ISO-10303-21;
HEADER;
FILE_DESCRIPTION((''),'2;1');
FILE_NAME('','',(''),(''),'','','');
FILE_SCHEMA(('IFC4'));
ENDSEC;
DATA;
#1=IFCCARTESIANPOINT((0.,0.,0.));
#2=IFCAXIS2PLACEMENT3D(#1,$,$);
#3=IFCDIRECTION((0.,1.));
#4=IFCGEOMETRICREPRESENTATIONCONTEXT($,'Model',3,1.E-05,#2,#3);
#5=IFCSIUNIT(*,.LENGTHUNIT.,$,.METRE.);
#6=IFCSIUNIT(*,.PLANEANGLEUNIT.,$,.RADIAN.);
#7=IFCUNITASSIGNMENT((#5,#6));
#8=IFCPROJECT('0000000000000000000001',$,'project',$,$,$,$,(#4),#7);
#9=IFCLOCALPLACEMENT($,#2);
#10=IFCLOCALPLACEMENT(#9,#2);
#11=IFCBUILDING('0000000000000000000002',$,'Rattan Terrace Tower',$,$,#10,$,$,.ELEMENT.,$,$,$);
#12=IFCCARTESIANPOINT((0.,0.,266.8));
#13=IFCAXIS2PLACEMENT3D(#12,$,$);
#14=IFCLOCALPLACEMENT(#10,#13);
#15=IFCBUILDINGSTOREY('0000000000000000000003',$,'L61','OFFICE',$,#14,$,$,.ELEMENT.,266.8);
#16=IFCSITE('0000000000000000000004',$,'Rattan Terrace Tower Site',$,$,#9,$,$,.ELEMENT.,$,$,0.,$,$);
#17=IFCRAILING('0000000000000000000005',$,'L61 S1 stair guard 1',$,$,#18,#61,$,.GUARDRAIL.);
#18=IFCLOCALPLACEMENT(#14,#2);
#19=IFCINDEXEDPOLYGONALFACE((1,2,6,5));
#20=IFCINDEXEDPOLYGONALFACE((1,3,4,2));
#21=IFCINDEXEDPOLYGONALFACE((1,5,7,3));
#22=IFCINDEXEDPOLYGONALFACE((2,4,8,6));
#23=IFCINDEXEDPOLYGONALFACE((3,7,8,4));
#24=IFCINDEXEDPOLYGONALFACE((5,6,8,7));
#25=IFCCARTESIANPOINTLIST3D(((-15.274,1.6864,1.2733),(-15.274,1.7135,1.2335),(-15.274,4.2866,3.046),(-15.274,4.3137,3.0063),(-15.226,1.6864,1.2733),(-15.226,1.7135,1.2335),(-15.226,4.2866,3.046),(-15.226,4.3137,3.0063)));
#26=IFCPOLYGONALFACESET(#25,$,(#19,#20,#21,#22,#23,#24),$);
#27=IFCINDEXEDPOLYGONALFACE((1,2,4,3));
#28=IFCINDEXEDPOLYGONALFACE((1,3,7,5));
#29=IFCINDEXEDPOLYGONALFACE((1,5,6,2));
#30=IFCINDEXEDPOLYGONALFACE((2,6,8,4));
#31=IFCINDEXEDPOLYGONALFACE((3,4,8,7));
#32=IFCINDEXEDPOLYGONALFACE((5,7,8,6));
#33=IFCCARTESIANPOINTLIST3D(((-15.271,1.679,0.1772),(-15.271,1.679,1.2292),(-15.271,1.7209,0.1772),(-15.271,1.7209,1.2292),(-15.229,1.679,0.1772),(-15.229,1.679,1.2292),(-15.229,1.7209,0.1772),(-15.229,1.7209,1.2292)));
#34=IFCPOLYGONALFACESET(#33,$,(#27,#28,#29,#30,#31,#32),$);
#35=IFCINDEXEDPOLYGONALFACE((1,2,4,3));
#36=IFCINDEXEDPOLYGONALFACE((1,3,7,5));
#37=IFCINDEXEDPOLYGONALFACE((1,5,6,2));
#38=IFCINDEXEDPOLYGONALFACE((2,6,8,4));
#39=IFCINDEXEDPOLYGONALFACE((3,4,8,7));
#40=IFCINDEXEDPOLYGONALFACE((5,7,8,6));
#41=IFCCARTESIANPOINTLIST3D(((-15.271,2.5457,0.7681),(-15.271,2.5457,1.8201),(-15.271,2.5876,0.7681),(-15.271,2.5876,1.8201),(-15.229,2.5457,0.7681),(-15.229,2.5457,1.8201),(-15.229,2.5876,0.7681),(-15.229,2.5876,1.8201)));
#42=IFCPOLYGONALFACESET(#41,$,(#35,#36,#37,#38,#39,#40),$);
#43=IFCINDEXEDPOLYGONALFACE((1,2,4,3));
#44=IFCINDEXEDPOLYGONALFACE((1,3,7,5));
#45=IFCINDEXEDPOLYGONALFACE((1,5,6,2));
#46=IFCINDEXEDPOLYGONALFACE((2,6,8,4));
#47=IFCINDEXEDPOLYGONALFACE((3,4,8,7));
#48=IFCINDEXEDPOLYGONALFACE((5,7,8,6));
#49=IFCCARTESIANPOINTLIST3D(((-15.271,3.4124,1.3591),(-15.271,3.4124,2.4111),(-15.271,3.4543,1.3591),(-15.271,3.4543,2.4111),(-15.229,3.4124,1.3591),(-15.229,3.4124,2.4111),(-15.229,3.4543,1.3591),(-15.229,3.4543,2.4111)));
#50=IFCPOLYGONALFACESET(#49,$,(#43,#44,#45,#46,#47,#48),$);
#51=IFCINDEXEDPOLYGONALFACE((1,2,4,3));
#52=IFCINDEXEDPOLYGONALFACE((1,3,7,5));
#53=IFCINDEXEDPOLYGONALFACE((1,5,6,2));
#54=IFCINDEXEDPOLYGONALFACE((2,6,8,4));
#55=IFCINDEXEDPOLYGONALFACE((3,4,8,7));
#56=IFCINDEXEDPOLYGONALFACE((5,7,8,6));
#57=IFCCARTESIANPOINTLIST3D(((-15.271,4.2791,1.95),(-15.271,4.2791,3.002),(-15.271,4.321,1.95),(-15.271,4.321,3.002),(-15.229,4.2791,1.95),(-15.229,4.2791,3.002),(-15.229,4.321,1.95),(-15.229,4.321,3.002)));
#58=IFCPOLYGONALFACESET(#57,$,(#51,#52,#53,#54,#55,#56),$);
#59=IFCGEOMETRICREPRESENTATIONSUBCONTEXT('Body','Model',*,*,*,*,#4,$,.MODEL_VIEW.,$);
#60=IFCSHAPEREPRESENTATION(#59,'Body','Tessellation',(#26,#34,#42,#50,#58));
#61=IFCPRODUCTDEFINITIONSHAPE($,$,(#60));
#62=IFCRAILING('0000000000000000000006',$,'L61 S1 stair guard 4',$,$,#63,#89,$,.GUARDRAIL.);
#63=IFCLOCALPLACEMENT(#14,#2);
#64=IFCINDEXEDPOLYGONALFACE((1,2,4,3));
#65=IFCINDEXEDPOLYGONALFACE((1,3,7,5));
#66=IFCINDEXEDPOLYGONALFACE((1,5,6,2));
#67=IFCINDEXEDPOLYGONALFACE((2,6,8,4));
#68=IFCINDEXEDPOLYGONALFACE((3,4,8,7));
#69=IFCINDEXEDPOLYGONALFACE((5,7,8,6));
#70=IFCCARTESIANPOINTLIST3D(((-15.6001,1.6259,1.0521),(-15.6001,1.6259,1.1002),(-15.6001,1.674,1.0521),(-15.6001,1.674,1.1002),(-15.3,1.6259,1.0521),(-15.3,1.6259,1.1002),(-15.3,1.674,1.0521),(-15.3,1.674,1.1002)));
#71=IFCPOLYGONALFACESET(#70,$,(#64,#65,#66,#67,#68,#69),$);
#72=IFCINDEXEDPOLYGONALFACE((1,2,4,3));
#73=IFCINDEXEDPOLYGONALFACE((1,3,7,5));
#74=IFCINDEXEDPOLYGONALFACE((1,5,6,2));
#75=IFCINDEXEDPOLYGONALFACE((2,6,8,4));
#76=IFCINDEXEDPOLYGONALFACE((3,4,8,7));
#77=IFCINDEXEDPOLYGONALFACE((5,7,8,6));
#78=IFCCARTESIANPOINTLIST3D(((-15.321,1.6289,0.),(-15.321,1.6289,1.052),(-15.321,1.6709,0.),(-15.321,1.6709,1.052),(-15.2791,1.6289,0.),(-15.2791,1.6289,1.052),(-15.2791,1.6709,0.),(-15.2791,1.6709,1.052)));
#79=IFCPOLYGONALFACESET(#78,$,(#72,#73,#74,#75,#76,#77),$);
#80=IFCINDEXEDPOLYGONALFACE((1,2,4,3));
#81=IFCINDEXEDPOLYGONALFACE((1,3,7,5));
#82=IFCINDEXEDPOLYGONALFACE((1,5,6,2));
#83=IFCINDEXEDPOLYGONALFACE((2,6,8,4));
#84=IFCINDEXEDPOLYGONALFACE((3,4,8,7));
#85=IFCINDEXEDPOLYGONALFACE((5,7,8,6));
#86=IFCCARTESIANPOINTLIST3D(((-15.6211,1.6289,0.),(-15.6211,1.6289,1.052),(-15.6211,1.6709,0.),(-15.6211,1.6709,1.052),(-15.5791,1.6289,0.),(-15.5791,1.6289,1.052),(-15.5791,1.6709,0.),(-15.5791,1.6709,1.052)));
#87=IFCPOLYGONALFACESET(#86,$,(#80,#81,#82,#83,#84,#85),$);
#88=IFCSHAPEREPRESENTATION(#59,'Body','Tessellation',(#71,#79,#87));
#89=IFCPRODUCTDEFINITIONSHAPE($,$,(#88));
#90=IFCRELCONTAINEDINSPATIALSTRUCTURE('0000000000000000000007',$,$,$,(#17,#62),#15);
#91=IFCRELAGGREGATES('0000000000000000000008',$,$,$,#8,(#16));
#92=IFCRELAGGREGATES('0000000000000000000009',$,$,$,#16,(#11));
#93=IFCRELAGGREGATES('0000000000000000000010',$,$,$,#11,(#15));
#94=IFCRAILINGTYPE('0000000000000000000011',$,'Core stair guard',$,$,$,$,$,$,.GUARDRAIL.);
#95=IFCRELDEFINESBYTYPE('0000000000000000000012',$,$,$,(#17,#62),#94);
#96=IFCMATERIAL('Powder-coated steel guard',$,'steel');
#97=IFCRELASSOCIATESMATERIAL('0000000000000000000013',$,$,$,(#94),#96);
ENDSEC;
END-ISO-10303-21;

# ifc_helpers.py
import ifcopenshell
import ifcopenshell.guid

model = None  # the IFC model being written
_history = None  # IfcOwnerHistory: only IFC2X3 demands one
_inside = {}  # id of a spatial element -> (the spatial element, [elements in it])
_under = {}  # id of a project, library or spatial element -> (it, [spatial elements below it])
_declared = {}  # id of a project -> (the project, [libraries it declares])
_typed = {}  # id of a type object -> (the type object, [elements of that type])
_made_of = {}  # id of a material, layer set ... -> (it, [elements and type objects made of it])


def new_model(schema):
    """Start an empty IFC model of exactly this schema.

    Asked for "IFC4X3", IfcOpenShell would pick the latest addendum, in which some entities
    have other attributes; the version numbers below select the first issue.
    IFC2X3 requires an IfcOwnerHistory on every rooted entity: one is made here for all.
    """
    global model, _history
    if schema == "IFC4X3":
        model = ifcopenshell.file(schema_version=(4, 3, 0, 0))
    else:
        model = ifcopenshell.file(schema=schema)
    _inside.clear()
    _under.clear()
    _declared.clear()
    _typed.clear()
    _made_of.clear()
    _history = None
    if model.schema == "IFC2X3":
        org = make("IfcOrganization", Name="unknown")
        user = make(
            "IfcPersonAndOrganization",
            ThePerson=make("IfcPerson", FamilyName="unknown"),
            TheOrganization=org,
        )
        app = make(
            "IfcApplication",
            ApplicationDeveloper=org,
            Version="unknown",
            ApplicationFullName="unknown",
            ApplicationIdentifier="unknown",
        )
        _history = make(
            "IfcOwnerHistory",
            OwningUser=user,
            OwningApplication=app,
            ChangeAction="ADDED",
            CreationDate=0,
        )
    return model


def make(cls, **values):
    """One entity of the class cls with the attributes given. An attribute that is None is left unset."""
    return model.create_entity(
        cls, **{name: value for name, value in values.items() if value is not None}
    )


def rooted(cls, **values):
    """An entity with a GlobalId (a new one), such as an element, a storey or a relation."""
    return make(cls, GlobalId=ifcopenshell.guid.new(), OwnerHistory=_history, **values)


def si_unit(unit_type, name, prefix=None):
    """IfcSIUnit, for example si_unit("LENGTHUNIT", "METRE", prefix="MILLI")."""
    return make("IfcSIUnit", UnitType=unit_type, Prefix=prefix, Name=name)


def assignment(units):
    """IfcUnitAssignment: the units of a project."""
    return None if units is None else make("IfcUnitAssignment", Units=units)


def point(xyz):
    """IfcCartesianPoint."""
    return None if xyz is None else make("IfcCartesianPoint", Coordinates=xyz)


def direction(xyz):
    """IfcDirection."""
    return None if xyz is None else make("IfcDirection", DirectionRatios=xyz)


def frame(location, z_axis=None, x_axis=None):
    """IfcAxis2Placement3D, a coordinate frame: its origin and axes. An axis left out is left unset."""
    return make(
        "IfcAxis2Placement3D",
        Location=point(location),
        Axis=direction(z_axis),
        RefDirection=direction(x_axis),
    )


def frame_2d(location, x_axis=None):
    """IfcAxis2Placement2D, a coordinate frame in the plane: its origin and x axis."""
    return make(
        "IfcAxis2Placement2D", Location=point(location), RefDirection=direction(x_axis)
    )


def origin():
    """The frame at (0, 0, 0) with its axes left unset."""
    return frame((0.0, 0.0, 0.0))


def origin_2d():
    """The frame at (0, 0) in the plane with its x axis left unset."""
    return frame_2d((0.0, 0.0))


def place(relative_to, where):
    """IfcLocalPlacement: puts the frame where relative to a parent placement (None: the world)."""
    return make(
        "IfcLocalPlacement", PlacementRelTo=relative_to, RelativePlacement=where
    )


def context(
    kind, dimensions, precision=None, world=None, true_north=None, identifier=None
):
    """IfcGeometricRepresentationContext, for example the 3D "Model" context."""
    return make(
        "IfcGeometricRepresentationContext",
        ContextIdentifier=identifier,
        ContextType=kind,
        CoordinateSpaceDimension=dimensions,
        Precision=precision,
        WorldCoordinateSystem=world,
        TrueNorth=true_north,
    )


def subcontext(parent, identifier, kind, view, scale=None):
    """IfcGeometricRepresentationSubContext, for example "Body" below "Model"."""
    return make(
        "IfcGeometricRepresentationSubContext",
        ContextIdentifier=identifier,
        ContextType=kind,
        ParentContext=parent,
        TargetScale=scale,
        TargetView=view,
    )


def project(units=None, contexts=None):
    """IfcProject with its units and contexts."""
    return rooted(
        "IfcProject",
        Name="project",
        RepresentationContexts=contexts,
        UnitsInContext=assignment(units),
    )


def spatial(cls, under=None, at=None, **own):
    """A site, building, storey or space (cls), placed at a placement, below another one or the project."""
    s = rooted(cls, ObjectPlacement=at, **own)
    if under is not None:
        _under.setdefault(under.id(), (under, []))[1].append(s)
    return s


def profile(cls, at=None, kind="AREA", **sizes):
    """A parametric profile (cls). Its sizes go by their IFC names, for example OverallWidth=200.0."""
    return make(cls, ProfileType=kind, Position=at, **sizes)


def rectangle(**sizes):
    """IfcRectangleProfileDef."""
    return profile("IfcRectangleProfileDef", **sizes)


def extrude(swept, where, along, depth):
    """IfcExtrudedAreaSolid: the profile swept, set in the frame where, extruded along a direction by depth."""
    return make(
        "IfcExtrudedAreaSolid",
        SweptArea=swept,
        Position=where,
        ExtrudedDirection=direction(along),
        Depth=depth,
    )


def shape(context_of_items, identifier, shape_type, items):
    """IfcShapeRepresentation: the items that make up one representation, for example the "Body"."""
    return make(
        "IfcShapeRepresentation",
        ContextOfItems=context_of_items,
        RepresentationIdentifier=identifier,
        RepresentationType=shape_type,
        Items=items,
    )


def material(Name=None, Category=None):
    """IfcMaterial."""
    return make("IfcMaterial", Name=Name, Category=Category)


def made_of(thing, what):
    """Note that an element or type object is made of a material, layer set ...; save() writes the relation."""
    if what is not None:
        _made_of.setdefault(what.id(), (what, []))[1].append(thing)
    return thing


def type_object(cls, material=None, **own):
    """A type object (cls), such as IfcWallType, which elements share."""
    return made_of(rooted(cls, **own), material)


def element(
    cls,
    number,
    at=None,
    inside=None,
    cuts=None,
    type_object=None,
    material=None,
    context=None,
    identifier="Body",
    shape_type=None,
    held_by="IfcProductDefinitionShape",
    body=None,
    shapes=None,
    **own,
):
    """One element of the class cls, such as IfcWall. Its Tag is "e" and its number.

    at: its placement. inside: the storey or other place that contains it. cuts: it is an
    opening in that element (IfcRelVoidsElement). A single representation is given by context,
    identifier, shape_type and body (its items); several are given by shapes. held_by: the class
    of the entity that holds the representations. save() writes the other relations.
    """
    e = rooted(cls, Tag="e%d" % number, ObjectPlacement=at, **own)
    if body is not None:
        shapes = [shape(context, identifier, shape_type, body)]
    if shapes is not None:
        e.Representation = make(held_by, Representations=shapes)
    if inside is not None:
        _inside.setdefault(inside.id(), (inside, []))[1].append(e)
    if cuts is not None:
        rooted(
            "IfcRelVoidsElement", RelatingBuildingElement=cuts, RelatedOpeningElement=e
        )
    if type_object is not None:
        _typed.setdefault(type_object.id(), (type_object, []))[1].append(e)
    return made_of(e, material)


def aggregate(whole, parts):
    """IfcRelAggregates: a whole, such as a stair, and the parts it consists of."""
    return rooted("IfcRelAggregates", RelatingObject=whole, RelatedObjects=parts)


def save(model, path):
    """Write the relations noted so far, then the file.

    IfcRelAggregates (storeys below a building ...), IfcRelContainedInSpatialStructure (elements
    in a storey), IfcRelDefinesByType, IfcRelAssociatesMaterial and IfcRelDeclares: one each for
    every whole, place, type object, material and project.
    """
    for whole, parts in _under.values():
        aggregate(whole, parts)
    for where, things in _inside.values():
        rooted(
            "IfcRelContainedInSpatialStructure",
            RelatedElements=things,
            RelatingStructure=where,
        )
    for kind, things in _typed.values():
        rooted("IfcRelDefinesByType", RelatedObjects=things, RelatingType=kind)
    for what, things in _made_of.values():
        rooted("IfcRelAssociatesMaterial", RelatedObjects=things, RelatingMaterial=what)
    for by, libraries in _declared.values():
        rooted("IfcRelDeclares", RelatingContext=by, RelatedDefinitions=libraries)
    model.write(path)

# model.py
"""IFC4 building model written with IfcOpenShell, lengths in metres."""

from ifc_helpers import new_model, si_unit, direction, frame, origin, origin_2d, place, context, subcontext, project, spatial, rectangle, extrude, material, type_object, element, save


model = new_model("IFC4")

# Units and contexts
model_context = context("Model", 3, precision=1e-05, world=origin(), true_north=direction((0.0, 1.0)))
body_context = subcontext(model_context, "Body", "Model", "MODEL_VIEW")
ifc_project = project(units=[si_unit("LENGTHUNIT", "METRE"), si_unit("PLANEANGLEUNIT", "RADIAN")], contexts=[model_context])

# Site, building, storey
site_placement = place(None, origin())
site = spatial("IfcSite", under=ifc_project, at=site_placement, Name="Rattan Terrace Tower Site", CompositionType="ELEMENT", RefElevation=0.0)
building_placement = place(site_placement, origin())
building = spatial("IfcBuilding", under=site, at=building_placement, Name="Rattan Terrace Tower", CompositionType="ELEMENT")
storey_placement = place(building_placement, frame((0.0, 0.0, 266.8)))
storey = spatial("IfcBuildingStorey", under=building, at=storey_placement, Name="L61", Description="OFFICE", CompositionType="ELEMENT", Elevation=266.8)

# Railings
ifc_material_1 = material(Name="Powder-coated steel guard", Category="steel")
railing_type = type_object("IfcRailingType", Name="Core stair guard", PredefinedType="GUARDRAIL", material=ifc_material_1)
railing_1_placement = place(storey_placement, frame((-15.25, 1.7, 0.1772)))
element("IfcRailing", 1, at=railing_1_placement, inside=storey, type_object=railing_type, Name="L61 S1 stair guard 1", PredefinedType="GUARDRAIL", context=body_context, shape_type="SweptSolid", body=[
    extrude(rectangle(XDim=0.0481, YDim=0.0481, at=origin_2d()), frame((0.0, 0.0, 1.0762), z_axis=(0.0, 0.82624, 0.563318), x_axis=(-1.0, 0.0, 0.0)), (0.0, 0.0, 1.0), 3.147),
    extrude(rectangle(XDim=0.042, YDim=0.042, at=origin_2d()), origin(), (0.0, 0.0, 1.0), 1.052),
    extrude(rectangle(XDim=0.042, YDim=0.042, at=origin_2d()), frame((0.0, 0.8667, 0.5908)), (0.0, 0.0, 1.0), 1.052),
    extrude(rectangle(XDim=0.042, YDim=0.042, at=origin_2d()), frame((0.0, 1.7334, 1.1819)), (0.0, 0.0, 1.0), 1.052),
    extrude(rectangle(XDim=0.042, YDim=0.042, at=origin_2d()), frame((0.0, 2.6001, 1.7727)), (0.0, 0.0, 1.0), 1.052),
])
railing_2_placement = place(storey_placement, frame((-15.3, 1.6499, 0.0)))
element("IfcRailing", 2, at=railing_2_placement, inside=storey, type_object=railing_type, Name="L61 S1 stair guard 4", PredefinedType="GUARDRAIL", context=body_context, shape_type="SweptSolid", body=[
    extrude(rectangle(XDim=0.0481, YDim=0.0481, at=origin_2d()), frame((0.0, 0.0, 1.0762), z_axis=(-1.0, 0.0, 0.0), x_axis=(0.0, -1.0, 0.0)), (0.0, 0.0, 1.0), 0.3),
    extrude(rectangle(XDim=0.042, YDim=0.042, at=origin_2d()), origin(), (0.0, 0.0, 1.0), 1.052),
    extrude(rectangle(XDim=0.042, YDim=0.042, at=origin_2d()), frame((-0.3, 0.0, 0.0)), (0.0, 0.0, 1.0), 1.052),
])

save(model, "model.ifc")
